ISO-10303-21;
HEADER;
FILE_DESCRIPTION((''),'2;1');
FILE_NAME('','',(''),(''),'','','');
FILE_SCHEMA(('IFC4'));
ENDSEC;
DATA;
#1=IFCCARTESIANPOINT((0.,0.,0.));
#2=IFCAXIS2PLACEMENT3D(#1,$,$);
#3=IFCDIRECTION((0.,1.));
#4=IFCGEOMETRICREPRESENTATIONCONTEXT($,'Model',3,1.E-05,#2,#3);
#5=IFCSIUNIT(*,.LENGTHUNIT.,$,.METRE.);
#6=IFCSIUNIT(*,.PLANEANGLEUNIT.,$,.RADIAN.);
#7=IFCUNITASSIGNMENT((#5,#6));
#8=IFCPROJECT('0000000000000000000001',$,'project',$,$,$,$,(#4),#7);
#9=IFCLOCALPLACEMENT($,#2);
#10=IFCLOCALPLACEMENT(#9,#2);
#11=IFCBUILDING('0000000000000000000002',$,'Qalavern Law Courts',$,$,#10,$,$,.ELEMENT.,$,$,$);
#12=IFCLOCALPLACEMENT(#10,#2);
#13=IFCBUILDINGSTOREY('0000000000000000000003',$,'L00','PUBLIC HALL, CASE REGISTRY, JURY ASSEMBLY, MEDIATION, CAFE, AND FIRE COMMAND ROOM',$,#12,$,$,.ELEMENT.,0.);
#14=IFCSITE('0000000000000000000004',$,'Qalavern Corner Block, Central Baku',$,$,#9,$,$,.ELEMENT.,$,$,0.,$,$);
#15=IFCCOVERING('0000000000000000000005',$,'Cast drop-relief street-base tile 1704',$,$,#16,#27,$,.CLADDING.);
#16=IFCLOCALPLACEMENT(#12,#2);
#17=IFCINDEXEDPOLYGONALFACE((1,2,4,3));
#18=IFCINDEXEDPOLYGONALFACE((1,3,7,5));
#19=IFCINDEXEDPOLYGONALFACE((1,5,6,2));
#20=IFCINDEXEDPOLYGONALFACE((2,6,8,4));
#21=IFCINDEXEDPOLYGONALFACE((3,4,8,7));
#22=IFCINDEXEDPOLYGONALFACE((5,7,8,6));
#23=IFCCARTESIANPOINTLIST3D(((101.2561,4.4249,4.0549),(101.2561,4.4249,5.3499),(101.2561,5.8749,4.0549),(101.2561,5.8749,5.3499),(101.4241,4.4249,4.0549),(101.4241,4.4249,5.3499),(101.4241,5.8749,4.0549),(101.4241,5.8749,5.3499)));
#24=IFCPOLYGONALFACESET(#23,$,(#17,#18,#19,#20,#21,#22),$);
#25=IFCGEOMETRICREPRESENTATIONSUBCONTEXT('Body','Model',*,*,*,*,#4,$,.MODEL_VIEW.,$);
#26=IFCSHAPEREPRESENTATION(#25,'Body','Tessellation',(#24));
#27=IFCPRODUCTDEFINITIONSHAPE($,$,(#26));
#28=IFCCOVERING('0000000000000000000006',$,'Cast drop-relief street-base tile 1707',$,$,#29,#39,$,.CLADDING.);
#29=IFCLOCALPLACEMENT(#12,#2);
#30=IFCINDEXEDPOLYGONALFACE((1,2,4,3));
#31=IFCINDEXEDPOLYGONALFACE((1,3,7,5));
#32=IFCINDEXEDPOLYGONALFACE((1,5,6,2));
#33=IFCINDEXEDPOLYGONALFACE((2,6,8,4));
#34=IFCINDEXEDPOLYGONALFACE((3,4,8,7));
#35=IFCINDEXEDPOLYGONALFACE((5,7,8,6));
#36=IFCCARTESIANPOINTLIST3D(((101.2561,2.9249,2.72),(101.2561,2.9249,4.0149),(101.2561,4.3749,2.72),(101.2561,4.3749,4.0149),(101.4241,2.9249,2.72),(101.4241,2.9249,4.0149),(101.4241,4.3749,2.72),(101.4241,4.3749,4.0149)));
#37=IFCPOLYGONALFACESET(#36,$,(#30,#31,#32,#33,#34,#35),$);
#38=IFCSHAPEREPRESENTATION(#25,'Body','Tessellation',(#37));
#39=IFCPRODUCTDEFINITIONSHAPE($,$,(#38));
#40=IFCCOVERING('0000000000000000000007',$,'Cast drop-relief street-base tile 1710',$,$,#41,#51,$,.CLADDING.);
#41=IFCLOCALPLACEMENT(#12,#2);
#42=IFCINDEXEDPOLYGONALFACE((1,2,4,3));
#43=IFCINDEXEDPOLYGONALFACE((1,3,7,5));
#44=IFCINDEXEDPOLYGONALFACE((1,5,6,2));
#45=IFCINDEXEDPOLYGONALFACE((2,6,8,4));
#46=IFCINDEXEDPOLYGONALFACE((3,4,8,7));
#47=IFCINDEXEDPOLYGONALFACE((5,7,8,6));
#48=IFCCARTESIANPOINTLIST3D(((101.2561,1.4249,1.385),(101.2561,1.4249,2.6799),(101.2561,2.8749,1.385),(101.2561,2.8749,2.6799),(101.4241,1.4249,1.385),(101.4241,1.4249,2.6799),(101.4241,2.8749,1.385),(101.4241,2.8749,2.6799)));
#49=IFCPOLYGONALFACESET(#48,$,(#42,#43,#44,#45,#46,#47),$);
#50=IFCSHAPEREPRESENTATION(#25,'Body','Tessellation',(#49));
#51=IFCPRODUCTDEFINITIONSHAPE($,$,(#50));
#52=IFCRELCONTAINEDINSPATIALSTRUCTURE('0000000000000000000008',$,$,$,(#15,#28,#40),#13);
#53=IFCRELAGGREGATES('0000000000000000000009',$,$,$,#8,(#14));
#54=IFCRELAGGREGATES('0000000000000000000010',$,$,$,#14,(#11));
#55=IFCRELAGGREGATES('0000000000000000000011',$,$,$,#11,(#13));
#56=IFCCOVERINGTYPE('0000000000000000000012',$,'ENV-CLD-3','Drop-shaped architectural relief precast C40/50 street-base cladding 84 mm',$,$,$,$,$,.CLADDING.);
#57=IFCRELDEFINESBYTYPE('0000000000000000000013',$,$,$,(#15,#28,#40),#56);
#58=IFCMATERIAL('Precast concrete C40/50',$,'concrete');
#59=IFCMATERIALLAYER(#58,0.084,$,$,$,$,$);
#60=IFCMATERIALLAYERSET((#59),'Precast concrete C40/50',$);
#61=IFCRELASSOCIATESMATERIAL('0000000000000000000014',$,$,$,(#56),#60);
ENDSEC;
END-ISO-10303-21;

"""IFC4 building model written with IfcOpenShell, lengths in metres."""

from ifc_helpers import new_model, si_unit, direction, frame, origin, origin_2d, place, context, subcontext, project, spatial, rectangle, extrude, material, layer, layer_set, type_object, element, save


model = new_model("IFC4")

# Units and contexts
model_context = context("Model", 3, precision=1e-05, world=origin(), true_north=direction((0.0, 1.0)))
body_context = subcontext(model_context, "Body", "Model", "MODEL_VIEW")
ifc_project = project(units=[si_unit("LENGTHUNIT", "METRE"), si_unit("PLANEANGLEUNIT", "RADIAN")], contexts=[model_context])

# Site, building, storey
site_placement = place(None, origin())
site = spatial("IfcSite", under=ifc_project, at=site_placement, Name="Qalavern Corner Block, Central Baku", CompositionType="ELEMENT", RefElevation=0.0)
building_placement = place(site_placement, origin())
building = spatial("IfcBuilding", under=site, at=building_placement, Name="Qalavern Law Courts", CompositionType="ELEMENT")
storey_placement = place(building_placement, origin())
storey = spatial("IfcBuildingStorey", under=building, at=storey_placement, Name="L00", Description="PUBLIC HALL, CASE REGISTRY, JURY ASSEMBLY, MEDIATION, CAFE, AND FIRE COMMAND ROOM", CompositionType="ELEMENT", Elevation=0.0)

# Coverings
ifc_material = material(Name="Precast concrete C40/50", Category="concrete")
ifc_layer_1 = layer(ifc_material, 0.084)
ifc_layer_set_1 = layer_set([ifc_layer_1], Name="Precast concrete C40/50")
covering_type_1 = type_object("IfcCoveringType", Name="ENV-CLD-3", Description="Drop-shaped architectural relief precast C40/50 street-base cladding 84 mm", PredefinedType="CLADDING", material=ifc_layer_set_1)
for number, where, z_axis, x_axis, name in (
    (1, (101.3401, 5.1499, 4.0549), (0.0, 0.0, 1.0), (0.0, -1.0, 0.0), "Cast drop-relief street-base tile 1704"),
    (2, (101.3401, 3.6499, 2.72), (0.0, 0.0, 1.0), (0.0, -1.0, 0.0), "Cast drop-relief street-base tile 1707"),
    (3, (101.3401, 2.1499, 1.385), (0.0, 0.0, 1.0), (0.0, -1.0, 0.0), "Cast drop-relief street-base tile 1710"),
):
    element("IfcCovering", number, at=place(storey_placement, frame(where, z_axis=z_axis, x_axis=x_axis)), inside=storey, type_object=covering_type_1, Name=name, PredefinedType="CLADDING", context=body_context, shape_type="SweptSolid", body=[
        extrude(rectangle(XDim=1.45, YDim=0.168, at=origin_2d()), origin(), (0.0, 0.0, 1.0), 1.2949),
    ])

save(model, "model.ifc")
